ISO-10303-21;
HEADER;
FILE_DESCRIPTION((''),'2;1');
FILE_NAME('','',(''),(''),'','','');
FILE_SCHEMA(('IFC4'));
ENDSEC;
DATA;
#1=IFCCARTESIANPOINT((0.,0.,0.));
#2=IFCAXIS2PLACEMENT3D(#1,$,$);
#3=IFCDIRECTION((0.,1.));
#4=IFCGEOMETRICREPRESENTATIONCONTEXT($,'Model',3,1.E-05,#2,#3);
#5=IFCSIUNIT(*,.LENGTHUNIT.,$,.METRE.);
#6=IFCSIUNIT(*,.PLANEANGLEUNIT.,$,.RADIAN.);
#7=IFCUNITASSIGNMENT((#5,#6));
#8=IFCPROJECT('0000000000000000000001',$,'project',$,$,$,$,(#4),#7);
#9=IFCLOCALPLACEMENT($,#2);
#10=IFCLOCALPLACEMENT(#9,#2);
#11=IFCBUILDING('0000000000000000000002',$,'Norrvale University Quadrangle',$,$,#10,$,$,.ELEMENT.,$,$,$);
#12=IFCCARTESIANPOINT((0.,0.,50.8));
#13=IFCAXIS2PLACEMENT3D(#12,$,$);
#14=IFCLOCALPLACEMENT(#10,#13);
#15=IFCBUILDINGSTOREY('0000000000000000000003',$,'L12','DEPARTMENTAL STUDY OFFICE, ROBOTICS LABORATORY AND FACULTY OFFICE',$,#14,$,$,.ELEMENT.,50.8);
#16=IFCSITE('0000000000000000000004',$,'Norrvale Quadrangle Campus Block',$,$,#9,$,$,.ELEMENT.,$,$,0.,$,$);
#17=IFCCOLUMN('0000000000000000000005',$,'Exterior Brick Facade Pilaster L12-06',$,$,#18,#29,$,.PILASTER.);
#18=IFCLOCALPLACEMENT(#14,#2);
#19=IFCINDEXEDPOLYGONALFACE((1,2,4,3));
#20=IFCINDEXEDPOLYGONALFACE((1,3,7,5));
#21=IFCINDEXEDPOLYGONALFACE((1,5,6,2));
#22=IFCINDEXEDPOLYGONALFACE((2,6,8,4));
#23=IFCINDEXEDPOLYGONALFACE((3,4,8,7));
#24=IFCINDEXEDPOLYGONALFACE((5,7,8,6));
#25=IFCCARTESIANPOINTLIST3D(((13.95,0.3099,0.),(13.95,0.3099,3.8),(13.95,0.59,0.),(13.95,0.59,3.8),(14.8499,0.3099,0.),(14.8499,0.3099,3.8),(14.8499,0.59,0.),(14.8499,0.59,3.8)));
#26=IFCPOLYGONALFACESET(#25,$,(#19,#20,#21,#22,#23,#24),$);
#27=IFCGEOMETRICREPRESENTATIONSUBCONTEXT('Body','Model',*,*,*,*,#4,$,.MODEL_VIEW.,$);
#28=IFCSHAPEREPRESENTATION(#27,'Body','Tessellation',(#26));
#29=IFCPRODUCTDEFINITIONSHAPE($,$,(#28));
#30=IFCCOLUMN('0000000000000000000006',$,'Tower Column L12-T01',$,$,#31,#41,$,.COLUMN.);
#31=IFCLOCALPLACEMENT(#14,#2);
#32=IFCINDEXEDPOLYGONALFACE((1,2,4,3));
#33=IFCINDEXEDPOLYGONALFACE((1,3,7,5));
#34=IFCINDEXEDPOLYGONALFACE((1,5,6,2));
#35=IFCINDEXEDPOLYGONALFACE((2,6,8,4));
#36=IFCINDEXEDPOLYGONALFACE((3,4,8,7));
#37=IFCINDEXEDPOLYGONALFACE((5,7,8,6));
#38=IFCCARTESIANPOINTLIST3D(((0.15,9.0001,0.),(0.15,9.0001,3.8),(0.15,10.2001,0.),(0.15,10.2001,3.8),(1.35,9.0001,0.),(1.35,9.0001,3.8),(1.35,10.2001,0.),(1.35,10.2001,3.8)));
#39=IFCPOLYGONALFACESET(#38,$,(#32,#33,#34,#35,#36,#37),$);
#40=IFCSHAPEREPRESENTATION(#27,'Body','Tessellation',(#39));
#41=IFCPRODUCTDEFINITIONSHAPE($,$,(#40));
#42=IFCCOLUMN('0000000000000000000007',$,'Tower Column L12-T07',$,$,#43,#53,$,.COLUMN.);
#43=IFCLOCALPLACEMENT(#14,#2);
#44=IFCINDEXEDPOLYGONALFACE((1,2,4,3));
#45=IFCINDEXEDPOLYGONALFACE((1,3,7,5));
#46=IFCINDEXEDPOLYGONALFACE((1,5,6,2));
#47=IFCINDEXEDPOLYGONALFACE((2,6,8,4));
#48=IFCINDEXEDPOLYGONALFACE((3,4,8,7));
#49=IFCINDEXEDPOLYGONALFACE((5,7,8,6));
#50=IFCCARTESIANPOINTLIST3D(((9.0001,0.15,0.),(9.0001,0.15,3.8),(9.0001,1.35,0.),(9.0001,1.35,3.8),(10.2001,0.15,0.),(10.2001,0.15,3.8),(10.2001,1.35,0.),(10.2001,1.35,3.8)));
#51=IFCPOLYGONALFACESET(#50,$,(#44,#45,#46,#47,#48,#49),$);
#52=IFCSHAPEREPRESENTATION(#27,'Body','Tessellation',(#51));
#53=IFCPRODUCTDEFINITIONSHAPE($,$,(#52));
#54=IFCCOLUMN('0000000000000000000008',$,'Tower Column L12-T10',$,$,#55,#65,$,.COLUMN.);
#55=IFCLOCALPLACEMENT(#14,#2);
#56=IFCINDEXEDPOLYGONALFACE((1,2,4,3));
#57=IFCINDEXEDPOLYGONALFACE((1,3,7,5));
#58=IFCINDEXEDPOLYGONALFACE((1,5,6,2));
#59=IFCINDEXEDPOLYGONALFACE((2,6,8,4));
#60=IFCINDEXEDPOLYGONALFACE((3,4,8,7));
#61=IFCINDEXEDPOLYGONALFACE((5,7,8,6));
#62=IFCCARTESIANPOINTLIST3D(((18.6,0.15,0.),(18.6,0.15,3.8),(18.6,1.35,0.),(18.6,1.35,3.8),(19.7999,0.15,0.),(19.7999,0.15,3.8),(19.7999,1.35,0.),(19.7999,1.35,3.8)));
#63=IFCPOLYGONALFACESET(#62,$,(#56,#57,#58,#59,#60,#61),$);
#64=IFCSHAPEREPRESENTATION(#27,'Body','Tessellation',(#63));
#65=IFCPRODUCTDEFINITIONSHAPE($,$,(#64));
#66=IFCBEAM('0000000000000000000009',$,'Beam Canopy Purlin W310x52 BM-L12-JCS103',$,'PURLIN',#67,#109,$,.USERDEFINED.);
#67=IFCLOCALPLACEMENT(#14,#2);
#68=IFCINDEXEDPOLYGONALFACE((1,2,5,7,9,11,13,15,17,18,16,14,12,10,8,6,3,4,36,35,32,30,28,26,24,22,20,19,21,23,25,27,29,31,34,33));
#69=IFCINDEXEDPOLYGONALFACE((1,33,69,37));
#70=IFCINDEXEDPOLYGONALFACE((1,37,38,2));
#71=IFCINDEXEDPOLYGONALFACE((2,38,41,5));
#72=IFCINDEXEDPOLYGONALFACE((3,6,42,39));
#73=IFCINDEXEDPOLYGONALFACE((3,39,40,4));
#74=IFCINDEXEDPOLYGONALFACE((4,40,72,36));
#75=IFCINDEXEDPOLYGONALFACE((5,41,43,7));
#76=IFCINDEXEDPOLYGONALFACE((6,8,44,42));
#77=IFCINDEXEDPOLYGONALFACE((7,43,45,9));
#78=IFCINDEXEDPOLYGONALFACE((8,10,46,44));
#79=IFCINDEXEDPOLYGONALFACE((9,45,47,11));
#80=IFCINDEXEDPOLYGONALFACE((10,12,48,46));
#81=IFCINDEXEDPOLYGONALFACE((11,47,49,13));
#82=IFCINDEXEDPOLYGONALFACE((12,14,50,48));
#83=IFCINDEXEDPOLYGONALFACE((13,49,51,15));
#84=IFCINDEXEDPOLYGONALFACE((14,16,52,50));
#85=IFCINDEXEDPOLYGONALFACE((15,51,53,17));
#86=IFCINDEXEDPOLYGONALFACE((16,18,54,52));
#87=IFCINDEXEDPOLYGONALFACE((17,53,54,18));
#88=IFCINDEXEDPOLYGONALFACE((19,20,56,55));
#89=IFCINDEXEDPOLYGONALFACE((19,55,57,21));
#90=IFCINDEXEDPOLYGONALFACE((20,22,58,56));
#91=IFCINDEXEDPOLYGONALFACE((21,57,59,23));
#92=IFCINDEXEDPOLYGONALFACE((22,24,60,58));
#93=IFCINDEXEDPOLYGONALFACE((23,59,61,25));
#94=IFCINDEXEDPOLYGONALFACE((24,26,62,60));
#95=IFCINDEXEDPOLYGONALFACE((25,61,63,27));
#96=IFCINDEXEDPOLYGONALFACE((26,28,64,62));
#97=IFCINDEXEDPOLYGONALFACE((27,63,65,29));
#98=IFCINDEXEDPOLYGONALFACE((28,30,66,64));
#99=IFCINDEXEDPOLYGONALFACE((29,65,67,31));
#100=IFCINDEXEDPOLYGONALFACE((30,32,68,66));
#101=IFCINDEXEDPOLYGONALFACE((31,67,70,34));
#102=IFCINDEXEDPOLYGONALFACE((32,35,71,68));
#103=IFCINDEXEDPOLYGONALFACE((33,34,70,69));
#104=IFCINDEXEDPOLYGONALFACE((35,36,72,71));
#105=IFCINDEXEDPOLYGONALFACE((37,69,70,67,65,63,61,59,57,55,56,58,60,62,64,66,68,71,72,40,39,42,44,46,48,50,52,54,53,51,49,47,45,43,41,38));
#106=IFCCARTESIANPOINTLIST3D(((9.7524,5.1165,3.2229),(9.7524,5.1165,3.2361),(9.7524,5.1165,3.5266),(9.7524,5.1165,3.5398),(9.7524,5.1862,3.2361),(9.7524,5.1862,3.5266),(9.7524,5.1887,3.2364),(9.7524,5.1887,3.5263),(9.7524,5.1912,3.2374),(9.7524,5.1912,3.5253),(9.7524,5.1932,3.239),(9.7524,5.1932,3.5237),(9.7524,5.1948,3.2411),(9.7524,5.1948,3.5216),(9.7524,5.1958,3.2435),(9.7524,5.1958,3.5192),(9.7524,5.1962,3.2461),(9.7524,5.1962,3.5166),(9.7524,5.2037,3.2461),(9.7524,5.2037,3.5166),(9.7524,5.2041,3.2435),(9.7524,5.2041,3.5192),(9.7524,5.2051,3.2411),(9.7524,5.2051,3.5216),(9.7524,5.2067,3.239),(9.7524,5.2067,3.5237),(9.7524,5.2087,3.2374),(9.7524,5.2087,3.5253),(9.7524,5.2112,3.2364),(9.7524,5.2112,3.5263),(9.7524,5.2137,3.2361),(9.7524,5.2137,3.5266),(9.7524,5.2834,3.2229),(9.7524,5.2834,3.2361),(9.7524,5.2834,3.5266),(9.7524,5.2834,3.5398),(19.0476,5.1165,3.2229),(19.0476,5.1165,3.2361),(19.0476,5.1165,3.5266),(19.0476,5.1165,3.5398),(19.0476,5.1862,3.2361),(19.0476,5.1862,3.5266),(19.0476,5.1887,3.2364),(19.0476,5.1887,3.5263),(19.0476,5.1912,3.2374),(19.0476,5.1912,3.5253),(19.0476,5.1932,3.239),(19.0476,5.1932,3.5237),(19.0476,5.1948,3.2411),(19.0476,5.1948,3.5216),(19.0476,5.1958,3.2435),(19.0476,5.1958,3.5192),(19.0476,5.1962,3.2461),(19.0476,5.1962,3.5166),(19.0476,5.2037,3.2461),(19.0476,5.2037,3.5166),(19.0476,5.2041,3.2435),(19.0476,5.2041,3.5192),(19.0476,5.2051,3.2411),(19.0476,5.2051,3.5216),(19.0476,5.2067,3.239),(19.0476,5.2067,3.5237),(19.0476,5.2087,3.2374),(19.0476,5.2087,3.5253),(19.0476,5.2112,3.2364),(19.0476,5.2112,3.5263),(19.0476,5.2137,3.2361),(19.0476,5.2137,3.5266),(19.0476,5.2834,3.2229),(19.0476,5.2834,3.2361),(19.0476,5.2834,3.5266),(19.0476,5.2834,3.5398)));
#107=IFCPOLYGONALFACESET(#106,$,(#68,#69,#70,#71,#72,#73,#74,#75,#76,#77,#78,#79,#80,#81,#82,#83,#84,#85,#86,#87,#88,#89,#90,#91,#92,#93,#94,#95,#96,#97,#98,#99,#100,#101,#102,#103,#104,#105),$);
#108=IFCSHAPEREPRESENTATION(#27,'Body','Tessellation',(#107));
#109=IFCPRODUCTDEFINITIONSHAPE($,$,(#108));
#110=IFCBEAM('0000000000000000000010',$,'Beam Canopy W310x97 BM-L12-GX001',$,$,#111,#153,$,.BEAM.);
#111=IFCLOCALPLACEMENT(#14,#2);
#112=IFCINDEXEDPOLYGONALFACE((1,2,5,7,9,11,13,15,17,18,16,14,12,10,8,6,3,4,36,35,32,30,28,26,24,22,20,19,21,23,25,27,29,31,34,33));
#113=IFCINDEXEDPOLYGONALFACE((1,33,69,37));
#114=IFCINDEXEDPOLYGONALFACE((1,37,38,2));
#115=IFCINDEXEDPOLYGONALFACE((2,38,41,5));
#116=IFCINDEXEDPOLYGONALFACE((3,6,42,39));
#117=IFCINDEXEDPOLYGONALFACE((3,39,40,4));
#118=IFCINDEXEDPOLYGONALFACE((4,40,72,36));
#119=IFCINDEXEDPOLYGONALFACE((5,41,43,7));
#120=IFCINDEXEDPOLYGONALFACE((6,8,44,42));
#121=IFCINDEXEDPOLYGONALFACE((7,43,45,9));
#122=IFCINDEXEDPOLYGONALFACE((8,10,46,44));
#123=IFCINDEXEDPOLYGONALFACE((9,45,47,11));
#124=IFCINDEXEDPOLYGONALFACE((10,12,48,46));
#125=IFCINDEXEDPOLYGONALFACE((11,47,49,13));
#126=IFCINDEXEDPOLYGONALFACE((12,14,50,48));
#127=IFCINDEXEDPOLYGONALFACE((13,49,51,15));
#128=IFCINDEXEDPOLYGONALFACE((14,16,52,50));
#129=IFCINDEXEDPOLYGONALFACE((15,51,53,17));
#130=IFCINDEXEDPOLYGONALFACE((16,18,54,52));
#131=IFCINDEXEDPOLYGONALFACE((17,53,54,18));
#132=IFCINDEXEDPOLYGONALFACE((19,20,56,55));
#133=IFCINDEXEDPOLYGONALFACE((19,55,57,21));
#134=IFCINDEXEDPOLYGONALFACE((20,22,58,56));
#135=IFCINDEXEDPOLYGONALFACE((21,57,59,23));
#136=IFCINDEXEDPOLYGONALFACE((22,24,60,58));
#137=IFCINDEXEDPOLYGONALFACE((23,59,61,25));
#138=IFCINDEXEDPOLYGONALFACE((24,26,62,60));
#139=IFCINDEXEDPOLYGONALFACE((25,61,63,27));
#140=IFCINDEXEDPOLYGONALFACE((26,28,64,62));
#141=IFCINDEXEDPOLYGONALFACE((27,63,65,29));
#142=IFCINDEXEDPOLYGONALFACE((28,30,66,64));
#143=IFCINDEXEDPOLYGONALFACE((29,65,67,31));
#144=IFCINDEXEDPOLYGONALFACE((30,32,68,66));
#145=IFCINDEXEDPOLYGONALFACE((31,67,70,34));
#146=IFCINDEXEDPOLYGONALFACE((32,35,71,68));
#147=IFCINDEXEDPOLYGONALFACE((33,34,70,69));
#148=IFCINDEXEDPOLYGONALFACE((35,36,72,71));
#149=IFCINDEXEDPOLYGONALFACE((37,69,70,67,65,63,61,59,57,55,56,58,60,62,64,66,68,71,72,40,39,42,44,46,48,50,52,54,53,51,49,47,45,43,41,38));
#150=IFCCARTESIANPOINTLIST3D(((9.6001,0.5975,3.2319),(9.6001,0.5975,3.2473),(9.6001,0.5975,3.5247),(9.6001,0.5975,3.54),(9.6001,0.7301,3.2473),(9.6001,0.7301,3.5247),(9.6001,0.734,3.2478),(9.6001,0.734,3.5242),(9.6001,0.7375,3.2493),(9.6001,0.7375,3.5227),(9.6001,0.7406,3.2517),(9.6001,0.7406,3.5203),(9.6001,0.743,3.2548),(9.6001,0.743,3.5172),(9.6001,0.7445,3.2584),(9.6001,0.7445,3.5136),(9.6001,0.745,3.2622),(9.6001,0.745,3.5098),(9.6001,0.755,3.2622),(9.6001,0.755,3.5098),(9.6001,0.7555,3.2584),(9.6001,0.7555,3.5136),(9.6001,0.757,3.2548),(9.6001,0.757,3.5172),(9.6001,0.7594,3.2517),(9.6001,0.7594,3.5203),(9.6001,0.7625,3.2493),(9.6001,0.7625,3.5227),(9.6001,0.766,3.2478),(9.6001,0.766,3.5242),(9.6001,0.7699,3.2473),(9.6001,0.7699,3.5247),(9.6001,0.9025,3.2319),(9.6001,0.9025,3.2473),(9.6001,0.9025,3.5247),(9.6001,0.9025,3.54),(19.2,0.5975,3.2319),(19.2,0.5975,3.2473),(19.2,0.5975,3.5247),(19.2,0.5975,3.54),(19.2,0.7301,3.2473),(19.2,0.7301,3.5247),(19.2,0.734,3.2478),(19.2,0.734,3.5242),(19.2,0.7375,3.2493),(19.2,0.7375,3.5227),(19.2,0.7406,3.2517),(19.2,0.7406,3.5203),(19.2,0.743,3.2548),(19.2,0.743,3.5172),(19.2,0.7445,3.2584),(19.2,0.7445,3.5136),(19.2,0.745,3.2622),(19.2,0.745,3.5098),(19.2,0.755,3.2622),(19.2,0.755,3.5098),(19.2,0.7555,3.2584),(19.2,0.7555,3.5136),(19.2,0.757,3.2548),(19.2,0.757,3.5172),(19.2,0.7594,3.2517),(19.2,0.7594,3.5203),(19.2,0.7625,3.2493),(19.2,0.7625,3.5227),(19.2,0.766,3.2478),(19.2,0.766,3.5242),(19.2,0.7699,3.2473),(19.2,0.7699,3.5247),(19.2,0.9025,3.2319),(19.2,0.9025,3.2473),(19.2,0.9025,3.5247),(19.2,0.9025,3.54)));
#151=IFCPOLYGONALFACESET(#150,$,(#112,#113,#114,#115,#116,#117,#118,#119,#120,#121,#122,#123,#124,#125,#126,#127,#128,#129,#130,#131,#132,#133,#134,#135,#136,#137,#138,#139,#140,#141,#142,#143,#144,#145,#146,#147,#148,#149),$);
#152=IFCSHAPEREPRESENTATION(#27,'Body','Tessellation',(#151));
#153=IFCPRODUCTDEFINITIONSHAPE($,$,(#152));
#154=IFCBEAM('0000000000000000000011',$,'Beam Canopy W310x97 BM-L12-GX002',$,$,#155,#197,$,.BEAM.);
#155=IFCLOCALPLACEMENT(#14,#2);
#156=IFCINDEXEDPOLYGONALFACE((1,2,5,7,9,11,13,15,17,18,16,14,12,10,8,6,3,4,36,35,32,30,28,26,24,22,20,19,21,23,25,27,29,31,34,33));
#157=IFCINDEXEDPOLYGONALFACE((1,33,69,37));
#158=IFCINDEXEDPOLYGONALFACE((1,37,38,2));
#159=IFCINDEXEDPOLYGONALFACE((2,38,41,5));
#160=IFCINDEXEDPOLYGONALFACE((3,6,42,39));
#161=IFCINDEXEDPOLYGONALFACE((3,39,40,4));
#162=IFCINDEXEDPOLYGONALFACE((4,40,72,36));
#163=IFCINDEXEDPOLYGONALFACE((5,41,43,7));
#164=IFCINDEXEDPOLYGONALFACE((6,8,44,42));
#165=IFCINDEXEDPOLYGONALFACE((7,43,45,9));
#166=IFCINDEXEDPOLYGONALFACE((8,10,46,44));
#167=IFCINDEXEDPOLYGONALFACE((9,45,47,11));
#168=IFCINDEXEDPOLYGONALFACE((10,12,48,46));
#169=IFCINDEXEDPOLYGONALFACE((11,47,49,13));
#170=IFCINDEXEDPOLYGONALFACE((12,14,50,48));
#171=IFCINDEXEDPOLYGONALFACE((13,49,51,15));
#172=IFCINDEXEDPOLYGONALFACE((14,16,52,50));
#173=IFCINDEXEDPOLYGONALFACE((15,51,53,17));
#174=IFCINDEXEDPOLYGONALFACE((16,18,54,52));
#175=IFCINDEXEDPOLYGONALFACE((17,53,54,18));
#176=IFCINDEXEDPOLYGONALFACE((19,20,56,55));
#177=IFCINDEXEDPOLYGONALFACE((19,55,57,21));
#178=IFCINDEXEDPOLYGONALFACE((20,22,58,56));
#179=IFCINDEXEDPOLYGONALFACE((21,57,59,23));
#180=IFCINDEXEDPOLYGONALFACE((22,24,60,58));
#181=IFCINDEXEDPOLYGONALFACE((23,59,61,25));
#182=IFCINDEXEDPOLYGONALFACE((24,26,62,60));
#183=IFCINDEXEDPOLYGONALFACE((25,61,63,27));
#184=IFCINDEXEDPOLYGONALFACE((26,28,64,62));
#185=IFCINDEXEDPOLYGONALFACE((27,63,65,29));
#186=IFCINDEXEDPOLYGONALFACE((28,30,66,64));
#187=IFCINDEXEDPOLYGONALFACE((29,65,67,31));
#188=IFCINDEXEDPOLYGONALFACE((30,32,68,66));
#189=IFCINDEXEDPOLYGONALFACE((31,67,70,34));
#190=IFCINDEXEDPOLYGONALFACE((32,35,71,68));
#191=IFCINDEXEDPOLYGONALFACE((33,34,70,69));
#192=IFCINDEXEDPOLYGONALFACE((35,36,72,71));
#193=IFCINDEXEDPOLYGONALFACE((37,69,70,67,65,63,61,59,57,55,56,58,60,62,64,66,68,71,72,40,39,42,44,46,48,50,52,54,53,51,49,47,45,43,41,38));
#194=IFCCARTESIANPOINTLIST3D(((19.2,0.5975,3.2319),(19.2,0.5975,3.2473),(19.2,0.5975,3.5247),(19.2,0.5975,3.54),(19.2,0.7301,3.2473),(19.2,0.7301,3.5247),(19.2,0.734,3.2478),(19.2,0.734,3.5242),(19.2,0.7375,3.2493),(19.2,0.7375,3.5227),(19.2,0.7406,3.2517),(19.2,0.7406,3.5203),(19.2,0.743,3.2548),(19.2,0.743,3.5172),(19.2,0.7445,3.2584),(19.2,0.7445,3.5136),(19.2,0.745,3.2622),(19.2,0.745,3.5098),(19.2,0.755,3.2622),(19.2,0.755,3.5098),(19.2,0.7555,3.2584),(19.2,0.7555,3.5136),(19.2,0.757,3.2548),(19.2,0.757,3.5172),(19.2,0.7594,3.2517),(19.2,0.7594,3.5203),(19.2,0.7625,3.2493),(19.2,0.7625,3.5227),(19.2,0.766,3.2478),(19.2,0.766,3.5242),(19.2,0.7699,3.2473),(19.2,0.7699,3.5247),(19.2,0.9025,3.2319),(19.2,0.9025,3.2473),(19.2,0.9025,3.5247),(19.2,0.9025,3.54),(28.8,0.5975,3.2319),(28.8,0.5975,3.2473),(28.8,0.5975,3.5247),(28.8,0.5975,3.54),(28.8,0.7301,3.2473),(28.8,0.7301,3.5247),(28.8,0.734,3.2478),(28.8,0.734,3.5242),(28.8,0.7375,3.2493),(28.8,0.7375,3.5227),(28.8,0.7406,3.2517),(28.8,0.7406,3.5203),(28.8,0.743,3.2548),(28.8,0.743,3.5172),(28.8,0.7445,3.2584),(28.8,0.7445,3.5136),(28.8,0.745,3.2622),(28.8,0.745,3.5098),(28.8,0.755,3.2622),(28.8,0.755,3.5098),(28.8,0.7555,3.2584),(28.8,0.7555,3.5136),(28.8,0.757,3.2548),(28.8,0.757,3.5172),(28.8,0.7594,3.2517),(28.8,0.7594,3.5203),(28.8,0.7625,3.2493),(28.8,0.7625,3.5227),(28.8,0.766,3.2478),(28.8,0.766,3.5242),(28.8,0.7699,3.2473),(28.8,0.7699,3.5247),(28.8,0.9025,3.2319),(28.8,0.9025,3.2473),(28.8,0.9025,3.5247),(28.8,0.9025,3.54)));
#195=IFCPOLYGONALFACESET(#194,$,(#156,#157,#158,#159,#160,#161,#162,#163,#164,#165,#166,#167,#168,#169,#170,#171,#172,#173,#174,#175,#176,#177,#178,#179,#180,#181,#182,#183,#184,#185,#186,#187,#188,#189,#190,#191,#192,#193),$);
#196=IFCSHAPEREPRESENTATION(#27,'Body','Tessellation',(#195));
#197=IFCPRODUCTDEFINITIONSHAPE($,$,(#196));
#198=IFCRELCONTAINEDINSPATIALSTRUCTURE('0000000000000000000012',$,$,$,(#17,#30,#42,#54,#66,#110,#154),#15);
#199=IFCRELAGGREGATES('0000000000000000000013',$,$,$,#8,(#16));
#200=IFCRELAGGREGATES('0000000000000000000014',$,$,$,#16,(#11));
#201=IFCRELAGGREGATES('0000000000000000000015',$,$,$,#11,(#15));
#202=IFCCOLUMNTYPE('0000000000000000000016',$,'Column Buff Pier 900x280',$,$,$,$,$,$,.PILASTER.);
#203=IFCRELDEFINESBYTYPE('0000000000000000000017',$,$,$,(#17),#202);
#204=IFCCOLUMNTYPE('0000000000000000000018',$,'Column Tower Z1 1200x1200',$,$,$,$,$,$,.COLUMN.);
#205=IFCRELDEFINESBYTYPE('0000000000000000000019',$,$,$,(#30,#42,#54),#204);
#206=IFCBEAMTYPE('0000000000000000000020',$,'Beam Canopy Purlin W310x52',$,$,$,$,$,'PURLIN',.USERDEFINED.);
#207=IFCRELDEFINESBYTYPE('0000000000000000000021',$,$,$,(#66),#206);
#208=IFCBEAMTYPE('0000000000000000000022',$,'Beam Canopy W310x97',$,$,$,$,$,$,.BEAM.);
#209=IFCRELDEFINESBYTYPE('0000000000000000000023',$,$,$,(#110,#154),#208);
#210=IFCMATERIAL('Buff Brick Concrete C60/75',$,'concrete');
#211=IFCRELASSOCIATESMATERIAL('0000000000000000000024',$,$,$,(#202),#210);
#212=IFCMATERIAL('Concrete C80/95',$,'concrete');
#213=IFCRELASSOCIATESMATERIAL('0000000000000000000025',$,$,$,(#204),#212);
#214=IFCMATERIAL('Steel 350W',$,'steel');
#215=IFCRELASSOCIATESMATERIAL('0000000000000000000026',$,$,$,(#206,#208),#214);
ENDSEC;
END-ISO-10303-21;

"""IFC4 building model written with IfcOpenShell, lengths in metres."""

from ifc_helpers import new_model, si_unit, direction, frame, origin, origin_2d, place, context, subcontext, project, spatial, rectangle, i_section, extrude, material, material_profile, profile_set, type_object, element, save


model = new_model("IFC4")

# Units and contexts
model_context = context("Model", 3, precision=1e-05, world=origin(), true_north=direction((0.0, 1.0)))
body_context = subcontext(model_context, "Body", "Model", "MODEL_VIEW")
ifc_project = project(units=[si_unit("LENGTHUNIT", "METRE"), si_unit("PLANEANGLEUNIT", "RADIAN")], contexts=[model_context])

# Site, building, storey
site_placement = place(None, origin())
site = spatial("IfcSite", under=ifc_project, at=site_placement, Name="Norrvale Quadrangle Campus Block", CompositionType="ELEMENT", RefElevation=0.0)
building_placement = place(site_placement, origin())
building = spatial("IfcBuilding", under=site, at=building_placement, Name="Norrvale University Quadrangle", CompositionType="ELEMENT")
storey_placement = place(building_placement, frame((0.0, 0.0, 50.8)))
storey = spatial("IfcBuildingStorey", under=building, at=storey_placement, Name="L12", Description="DEPARTMENTAL STUDY OFFICE, ROBOTICS LABORATORY AND FACULTY OFFICE", CompositionType="ELEMENT", Elevation=50.8)

# Columns
ifc_material_1 = material(Name="Buff Brick Concrete C60/75", Category="concrete")
ifc_material_profile_1 = material_profile(ifc_material_1, rectangle(XDim=0.8999, YDim=0.28, at=origin_2d()), Name="Buff Brick Concrete C60/75")
ifc_profile_set_1 = profile_set([ifc_material_profile_1], Name="Buff Brick Concrete C60/75")
column_type_1 = type_object("IfcColumnType", Name="Column Buff Pier 900x280", PredefinedType="PILASTER", material=ifc_profile_set_1)
column_placement = place(storey_placement, frame((14.3999, 0.45, 0.0), z_axis=(0.0, 0.0, 1.0), x_axis=(1.0, 0.0, 0.0)))
element("IfcColumn", 1, at=column_placement, inside=storey, type_object=column_type_1, Name="Exterior Brick Facade Pilaster L12-06", PredefinedType="PILASTER", context=body_context, shape_type="SweptSolid", body=[
    extrude(rectangle(XDim=0.8999, YDim=0.28, at=origin_2d()), origin(), (0.0, 0.0, 1.0), 3.8),
])
ifc_material_2 = material(Name="Concrete C80/95", Category="concrete")
ifc_material_profile_2 = material_profile(ifc_material_2, rectangle(XDim=1.2, YDim=1.2, at=origin_2d()), Name="Concrete C80/95")
ifc_profile_set_2 = profile_set([ifc_material_profile_2], Name="Concrete C80/95")
column_type_2 = type_object("IfcColumnType", Name="Column Tower Z1 1200x1200", PredefinedType="COLUMN", material=ifc_profile_set_2)
for number, where, z_axis, x_axis, name in (
    (2, (0.75, 9.6001, 0.0), (0.0, 0.0, 1.0), (1.0, 0.0, 0.0), "Tower Column L12-T01"),
    (3, (9.6001, 0.75, 0.0), (0.0, 0.0, 1.0), (1.0, 0.0, 0.0), "Tower Column L12-T07"),
    (4, (19.2, 0.75, 0.0), (0.0, 0.0, 1.0), (1.0, 0.0, 0.0), "Tower Column L12-T10"),
):
    element("IfcColumn", number, at=place(storey_placement, frame(where, z_axis=z_axis, x_axis=x_axis)), inside=storey, type_object=column_type_2, Name=name, PredefinedType="COLUMN", context=body_context, shape_type="SweptSolid", body=[
        extrude(rectangle(XDim=1.2, YDim=1.2, at=origin_2d()), origin(), (0.0, 0.0, 1.0), 3.8),
    ])

# Beams
ifc_material_3 = material(Name="Steel 350W", Category="steel")
ifc_material_profile_3 = material_profile(ifc_material_3, i_section(OverallWidth=0.167, OverallDepth=0.3169, WebThickness=0.0076, FlangeThickness=0.0132, FilletRadius=0.01, at=origin_2d()), Name="Steel 350W")
ifc_profile_set_3 = profile_set([ifc_material_profile_3], Name="Steel 350W")
beam_type_1 = type_object("IfcBeamType", Name="Beam Canopy Purlin W310x52", ElementType="PURLIN", PredefinedType="USERDEFINED", material=ifc_profile_set_3)
beam_1_placement = place(storey_placement, frame((9.7524, 5.2, 3.3813), z_axis=(1.0, 0.0, 0.0), x_axis=(0.0, 1.0, 0.0)))
element("IfcBeam", 5, at=beam_1_placement, inside=storey, type_object=beam_type_1, Name="Beam Canopy Purlin W310x52 BM-L12-JCS103", ObjectType="PURLIN", PredefinedType="USERDEFINED", context=body_context, shape_type="SweptSolid", body=[
    extrude(i_section(OverallWidth=0.167, OverallDepth=0.3169, WebThickness=0.0076, FlangeThickness=0.0132, FilletRadius=0.01, at=origin_2d()), origin(), (0.0, 0.0, 1.0), 9.2952),
])
ifc_material_profile_4 = material_profile(ifc_material_3, i_section(OverallWidth=0.3049, OverallDepth=0.3081, WebThickness=0.01, FlangeThickness=0.0154, FilletRadius=0.0149, at=origin_2d()), Name="Steel 350W")
ifc_profile_set_4 = profile_set([ifc_material_profile_4], Name="Steel 350W")
beam_type_2 = type_object("IfcBeamType", Name="Beam Canopy W310x97", PredefinedType="BEAM", material=ifc_profile_set_4)
beam_2_placement = place(storey_placement, frame((9.6001, 0.75, 3.386), z_axis=(1.0, 0.0, 0.0), x_axis=(0.0, 1.0, 0.0)))
element("IfcBeam", 6, at=beam_2_placement, inside=storey, type_object=beam_type_2, Name="Beam Canopy W310x97 BM-L12-GX001", PredefinedType="BEAM", context=body_context, shape_type="SweptSolid", body=[
    extrude(i_section(OverallWidth=0.3049, OverallDepth=0.3081, WebThickness=0.01, FlangeThickness=0.0154, FilletRadius=0.0149, at=origin_2d()), origin(), (0.0, 0.0, 1.0), 9.5999),
])
beam_3_placement = place(storey_placement, frame((19.2, 0.75, 3.386), z_axis=(1.0, 0.0, 0.0), x_axis=(0.0, 1.0, 0.0)))
element("IfcBeam", 7, at=beam_3_placement, inside=storey, type_object=beam_type_2, Name="Beam Canopy W310x97 BM-L12-GX002", PredefinedType="BEAM", context=body_context, shape_type="SweptSolid", body=[
    extrude(i_section(OverallWidth=0.3049, OverallDepth=0.3081, WebThickness=0.01, FlangeThickness=0.0154, FilletRadius=0.0149, at=origin_2d()), origin(), (0.0, 0.0, 1.0), 9.6001),
])

save(model, "model.ifc")
